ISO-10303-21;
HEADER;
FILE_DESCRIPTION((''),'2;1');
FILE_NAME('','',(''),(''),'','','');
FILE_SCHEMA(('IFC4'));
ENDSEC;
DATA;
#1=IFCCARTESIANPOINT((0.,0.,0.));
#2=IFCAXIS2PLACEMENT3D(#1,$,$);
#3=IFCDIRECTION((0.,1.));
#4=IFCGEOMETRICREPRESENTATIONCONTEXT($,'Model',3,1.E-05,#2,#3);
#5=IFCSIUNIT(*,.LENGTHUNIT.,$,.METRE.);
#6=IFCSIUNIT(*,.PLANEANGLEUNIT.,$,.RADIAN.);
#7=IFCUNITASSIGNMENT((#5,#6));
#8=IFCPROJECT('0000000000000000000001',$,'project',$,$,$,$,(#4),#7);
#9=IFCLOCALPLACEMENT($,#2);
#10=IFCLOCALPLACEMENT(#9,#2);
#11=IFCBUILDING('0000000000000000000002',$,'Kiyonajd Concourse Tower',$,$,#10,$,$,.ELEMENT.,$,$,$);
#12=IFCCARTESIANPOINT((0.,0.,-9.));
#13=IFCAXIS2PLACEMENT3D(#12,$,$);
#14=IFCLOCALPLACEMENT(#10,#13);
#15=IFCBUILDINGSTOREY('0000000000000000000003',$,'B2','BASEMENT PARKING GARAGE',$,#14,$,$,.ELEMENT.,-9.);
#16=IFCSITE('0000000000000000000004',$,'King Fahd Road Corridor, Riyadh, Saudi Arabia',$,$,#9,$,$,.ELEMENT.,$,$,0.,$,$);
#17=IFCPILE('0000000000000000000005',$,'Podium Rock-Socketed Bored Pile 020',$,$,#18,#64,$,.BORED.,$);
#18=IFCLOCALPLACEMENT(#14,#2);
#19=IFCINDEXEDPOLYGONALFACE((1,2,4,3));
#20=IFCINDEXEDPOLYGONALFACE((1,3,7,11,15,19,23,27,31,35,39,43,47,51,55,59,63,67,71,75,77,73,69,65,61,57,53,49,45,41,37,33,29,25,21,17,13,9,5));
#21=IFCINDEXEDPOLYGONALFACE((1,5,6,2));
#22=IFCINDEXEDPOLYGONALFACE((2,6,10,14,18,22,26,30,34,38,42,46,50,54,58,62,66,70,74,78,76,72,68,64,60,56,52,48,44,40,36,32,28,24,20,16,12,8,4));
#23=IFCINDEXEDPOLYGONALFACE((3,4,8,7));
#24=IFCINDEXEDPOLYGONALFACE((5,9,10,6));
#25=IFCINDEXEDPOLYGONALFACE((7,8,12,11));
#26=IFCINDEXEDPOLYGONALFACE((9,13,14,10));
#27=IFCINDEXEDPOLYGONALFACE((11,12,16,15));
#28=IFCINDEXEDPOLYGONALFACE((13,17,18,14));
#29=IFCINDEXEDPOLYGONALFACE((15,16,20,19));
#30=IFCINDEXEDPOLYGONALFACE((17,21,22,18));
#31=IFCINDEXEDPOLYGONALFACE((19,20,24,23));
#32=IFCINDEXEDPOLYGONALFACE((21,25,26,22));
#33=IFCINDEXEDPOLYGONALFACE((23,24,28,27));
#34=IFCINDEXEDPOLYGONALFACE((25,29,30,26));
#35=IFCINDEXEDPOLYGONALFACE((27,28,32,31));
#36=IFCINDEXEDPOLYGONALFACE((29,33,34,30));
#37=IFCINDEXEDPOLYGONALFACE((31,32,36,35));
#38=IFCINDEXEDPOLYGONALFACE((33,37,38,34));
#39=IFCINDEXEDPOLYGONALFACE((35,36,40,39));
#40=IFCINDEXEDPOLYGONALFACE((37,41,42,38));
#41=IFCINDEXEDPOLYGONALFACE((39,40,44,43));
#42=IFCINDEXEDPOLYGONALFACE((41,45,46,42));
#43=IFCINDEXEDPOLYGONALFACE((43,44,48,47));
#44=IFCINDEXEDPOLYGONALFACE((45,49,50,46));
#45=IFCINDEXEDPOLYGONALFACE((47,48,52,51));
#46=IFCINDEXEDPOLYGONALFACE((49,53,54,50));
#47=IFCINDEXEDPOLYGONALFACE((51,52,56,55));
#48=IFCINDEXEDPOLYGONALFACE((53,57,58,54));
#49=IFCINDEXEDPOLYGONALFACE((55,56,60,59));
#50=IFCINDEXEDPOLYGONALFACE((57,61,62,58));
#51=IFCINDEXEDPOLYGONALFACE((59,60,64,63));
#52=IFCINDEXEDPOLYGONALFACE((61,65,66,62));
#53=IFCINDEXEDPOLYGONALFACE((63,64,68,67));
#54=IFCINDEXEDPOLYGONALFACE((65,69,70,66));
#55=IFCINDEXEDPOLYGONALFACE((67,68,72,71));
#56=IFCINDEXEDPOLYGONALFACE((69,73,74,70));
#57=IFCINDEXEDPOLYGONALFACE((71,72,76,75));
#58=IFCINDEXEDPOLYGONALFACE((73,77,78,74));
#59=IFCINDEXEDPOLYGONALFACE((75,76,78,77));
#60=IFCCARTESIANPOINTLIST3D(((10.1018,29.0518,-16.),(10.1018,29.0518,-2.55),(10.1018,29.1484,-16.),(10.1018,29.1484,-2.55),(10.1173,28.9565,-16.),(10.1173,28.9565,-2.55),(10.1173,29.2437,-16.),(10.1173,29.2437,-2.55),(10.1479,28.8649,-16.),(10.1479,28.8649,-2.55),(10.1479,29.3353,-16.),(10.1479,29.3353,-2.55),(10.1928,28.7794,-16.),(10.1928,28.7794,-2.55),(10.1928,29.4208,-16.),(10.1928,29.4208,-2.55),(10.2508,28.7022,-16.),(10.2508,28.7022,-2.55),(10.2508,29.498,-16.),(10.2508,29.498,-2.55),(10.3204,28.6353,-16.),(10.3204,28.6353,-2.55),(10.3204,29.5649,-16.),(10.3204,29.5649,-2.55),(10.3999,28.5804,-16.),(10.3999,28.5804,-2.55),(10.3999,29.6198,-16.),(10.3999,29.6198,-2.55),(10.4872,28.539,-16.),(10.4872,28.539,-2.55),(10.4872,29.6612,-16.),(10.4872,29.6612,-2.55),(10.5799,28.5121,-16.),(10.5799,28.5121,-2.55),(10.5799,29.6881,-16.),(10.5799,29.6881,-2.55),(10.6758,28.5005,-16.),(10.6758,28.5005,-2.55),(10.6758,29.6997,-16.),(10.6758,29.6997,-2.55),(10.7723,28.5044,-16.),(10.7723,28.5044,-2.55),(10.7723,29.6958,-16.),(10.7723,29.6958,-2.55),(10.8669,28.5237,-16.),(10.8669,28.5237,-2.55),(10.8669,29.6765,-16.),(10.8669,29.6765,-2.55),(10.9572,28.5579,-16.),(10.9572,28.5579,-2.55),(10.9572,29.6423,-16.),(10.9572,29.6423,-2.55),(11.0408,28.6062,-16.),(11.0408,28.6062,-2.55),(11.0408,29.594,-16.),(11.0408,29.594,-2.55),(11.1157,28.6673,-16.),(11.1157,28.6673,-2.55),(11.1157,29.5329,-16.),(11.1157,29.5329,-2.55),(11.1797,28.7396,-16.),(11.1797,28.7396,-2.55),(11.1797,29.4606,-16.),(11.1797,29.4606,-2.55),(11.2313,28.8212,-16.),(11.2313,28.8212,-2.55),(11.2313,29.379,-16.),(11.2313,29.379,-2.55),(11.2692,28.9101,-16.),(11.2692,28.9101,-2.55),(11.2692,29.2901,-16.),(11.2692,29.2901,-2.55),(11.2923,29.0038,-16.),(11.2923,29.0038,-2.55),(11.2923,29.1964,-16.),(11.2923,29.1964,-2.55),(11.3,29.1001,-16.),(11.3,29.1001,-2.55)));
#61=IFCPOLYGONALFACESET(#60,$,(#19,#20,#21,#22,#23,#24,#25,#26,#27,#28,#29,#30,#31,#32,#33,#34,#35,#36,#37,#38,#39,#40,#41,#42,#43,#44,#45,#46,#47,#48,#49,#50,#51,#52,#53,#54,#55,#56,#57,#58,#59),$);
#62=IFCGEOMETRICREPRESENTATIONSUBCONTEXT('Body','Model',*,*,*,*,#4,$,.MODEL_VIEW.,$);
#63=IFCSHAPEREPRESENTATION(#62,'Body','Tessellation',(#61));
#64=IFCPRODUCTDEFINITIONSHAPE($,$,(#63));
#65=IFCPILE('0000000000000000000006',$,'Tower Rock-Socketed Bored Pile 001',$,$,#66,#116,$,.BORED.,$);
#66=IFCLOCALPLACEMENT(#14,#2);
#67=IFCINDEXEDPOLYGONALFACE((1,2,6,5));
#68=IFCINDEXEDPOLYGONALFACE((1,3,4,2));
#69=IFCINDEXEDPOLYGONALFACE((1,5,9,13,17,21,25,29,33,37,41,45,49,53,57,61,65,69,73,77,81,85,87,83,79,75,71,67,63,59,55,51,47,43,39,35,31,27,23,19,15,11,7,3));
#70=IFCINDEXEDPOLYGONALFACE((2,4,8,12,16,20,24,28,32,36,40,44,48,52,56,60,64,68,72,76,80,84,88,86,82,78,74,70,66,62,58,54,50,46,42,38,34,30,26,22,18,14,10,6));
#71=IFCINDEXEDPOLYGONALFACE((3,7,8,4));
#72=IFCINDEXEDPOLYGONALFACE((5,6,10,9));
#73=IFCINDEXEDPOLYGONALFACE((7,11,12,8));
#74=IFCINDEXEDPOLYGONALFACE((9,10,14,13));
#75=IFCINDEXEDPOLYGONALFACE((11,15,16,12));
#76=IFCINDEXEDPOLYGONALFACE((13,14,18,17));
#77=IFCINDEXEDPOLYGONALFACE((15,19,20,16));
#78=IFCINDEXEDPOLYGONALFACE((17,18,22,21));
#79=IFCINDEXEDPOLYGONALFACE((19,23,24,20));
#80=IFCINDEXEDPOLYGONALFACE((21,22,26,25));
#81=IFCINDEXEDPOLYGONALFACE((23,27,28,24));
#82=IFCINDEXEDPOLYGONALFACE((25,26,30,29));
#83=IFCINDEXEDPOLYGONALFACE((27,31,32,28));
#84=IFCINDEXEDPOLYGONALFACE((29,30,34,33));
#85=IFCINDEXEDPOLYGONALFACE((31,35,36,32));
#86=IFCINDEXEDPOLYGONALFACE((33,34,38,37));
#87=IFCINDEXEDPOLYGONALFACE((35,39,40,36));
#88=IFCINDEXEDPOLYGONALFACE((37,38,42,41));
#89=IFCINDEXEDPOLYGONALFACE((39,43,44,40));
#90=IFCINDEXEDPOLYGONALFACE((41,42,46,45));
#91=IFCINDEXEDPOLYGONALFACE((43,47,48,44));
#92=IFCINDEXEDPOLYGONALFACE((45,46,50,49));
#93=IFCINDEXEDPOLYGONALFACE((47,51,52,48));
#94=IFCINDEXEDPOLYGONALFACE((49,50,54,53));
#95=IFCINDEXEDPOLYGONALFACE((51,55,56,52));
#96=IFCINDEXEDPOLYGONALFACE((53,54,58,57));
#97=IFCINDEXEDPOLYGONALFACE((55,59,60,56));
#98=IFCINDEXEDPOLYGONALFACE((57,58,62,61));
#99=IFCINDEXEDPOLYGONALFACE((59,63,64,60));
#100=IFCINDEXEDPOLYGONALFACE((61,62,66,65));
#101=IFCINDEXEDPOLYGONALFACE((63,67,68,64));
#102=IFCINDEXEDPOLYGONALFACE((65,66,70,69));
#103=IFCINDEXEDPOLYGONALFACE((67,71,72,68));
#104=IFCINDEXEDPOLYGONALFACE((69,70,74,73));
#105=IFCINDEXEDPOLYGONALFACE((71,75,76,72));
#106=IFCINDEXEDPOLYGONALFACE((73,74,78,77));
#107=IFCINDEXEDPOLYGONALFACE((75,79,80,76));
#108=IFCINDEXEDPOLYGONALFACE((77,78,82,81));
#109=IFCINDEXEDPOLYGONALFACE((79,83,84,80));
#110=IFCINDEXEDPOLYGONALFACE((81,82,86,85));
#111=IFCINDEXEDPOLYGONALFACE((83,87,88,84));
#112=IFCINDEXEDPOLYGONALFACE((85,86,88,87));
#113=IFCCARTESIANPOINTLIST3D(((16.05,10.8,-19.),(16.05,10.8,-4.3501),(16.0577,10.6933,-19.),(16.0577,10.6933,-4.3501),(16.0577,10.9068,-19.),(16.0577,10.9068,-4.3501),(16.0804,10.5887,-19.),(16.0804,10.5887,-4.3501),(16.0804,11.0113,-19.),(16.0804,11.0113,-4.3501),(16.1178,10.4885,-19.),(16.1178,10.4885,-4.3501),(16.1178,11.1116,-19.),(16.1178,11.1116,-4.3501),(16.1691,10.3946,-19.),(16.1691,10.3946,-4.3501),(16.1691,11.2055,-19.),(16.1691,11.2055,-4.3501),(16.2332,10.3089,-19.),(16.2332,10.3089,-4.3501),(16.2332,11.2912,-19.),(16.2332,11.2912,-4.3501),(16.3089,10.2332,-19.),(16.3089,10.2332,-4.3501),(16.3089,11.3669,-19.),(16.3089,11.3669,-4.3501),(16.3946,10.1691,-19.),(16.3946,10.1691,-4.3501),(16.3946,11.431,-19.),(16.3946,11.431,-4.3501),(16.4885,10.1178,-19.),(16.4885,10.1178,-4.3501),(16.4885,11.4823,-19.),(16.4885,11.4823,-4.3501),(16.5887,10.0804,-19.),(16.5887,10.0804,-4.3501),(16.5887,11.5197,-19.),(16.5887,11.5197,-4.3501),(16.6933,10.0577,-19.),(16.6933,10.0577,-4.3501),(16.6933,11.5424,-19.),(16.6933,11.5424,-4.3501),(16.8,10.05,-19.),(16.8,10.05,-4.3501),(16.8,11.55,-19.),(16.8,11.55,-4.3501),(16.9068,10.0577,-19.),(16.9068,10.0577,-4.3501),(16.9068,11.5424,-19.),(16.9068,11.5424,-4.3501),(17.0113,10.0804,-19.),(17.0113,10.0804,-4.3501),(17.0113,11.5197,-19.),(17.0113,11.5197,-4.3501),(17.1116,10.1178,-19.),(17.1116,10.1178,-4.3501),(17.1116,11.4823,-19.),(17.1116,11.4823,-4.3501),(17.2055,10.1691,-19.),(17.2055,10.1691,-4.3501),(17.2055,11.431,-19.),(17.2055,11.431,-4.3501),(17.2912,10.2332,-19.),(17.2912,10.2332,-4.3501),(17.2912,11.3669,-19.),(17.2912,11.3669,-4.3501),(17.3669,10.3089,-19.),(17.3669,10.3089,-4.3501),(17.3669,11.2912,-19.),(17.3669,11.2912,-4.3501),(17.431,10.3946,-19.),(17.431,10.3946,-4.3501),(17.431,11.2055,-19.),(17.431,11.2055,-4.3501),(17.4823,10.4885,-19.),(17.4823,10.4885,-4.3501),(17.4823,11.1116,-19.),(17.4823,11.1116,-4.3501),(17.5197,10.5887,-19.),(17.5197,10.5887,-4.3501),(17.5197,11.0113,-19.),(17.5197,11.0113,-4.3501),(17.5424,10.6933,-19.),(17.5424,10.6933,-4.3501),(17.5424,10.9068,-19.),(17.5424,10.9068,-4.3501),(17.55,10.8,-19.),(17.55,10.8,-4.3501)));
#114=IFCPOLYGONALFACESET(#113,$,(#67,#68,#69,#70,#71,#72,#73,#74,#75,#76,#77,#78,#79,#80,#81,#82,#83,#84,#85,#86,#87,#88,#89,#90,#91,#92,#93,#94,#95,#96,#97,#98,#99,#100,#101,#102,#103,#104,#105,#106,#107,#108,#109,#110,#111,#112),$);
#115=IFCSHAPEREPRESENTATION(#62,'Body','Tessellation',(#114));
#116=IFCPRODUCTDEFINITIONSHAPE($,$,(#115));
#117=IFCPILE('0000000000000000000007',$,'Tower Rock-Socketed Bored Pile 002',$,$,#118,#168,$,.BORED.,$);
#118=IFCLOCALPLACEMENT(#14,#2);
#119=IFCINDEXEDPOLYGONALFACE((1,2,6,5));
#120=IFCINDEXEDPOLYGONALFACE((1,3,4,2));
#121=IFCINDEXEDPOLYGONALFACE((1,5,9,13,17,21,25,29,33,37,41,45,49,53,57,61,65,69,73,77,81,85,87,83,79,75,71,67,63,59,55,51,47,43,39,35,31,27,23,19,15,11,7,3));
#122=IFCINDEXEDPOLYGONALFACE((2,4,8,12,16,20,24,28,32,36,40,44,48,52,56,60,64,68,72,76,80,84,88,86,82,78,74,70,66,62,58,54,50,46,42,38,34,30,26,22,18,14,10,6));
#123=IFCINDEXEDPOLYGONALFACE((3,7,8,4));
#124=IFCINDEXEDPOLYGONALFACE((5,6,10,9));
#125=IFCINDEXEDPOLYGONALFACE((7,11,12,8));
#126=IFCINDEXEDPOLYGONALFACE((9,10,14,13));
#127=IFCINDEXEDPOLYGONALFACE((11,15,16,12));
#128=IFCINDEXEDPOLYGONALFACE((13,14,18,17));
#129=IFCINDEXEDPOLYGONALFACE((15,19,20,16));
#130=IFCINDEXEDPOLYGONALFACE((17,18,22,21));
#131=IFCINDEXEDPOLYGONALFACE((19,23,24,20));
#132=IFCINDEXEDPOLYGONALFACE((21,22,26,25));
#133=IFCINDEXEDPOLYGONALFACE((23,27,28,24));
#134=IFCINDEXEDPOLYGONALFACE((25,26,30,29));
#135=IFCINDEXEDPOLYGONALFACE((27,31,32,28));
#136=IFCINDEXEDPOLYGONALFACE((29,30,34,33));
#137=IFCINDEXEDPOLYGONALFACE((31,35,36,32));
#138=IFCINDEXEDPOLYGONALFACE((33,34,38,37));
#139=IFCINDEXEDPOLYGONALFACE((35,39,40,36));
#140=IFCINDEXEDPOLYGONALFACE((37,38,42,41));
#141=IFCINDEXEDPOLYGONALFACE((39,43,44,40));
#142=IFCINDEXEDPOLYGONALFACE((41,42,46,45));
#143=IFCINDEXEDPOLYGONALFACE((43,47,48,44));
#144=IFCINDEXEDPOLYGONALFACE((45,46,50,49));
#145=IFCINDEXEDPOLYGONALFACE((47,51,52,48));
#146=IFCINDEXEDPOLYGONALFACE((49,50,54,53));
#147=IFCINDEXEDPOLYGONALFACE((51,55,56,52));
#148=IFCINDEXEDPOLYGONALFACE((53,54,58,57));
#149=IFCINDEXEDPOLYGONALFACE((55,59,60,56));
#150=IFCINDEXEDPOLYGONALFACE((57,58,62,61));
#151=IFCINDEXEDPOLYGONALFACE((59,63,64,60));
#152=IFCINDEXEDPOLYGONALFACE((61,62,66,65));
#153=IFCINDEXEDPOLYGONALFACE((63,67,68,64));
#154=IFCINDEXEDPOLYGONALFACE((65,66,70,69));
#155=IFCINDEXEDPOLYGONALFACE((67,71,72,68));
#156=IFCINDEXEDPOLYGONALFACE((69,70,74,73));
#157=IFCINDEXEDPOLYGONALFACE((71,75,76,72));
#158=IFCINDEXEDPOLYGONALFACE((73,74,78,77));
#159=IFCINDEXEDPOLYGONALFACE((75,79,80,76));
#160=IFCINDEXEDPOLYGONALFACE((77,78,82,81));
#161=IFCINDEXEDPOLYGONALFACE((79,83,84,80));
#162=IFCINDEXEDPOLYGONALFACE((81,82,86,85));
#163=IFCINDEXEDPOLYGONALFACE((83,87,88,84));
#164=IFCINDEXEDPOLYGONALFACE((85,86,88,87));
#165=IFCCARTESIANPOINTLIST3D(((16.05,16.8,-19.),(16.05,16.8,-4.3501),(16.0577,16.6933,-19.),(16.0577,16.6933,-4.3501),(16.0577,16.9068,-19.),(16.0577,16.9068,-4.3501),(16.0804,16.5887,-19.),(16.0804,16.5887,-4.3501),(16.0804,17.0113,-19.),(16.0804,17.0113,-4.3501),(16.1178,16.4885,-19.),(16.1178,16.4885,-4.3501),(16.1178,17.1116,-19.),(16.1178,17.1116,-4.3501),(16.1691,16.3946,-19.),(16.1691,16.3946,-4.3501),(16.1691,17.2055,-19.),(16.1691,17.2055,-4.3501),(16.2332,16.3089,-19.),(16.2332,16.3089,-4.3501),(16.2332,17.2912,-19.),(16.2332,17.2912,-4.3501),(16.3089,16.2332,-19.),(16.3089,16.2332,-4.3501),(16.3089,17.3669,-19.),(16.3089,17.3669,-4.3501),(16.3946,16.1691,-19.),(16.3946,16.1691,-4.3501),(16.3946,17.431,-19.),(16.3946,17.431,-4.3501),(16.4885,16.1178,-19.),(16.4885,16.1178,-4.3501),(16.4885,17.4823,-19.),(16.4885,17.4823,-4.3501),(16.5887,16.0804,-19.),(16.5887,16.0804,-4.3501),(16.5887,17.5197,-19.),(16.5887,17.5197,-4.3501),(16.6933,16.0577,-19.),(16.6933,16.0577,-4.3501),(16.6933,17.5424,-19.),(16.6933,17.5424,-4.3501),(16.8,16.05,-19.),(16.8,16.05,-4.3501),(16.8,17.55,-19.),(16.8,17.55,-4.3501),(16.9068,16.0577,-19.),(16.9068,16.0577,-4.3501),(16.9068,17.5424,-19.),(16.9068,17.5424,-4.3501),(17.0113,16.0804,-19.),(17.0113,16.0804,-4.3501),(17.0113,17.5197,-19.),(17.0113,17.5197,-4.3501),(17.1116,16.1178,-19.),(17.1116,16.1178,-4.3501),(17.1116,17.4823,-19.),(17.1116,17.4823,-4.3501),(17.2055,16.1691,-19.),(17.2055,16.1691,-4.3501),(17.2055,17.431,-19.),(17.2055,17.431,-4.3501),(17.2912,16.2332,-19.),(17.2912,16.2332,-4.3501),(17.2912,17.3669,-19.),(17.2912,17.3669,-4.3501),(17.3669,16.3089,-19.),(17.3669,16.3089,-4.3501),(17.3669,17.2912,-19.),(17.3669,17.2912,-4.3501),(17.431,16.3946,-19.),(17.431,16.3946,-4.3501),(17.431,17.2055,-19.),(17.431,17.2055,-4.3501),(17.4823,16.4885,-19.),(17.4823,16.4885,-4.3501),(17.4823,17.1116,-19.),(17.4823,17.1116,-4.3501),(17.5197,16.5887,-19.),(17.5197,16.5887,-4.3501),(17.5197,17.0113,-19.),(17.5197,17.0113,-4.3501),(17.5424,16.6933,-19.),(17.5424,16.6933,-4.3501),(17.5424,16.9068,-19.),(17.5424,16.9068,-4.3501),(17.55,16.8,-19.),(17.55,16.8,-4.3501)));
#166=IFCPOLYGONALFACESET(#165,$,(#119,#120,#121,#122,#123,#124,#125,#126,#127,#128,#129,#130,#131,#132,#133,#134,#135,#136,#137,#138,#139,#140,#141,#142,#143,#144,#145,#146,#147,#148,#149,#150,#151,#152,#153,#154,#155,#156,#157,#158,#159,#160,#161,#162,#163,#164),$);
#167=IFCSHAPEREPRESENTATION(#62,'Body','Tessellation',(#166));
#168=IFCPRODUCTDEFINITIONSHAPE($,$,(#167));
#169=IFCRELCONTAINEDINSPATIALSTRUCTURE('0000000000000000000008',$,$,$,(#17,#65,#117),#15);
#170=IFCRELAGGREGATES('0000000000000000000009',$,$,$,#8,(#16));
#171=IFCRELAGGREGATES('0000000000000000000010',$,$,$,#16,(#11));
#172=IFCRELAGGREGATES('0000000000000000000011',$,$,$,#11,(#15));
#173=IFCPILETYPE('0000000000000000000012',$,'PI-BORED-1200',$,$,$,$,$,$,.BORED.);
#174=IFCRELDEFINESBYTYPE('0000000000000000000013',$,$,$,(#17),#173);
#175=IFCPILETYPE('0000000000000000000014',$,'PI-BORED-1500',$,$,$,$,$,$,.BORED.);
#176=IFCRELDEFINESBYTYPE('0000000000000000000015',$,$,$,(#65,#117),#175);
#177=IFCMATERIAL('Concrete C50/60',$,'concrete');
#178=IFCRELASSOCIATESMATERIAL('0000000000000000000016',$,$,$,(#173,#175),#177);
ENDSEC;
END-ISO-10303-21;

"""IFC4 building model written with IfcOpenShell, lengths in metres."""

from ifc_helpers import new_model, si_unit, direction, frame, origin, origin_2d, place, context, subcontext, project, spatial, circle, extrude, material, material_profile, profile_set, type_object, element, save


model = new_model("IFC4")

# Units and contexts
model_context = context("Model", 3, precision=1e-05, world=origin(), true_north=direction((0.0, 1.0)))
body_context = subcontext(model_context, "Body", "Model", "MODEL_VIEW")
ifc_project = project(units=[si_unit("LENGTHUNIT", "METRE"), si_unit("PLANEANGLEUNIT", "RADIAN")], contexts=[model_context])

# Site, building, storey
site_placement = place(None, origin())
site = spatial("IfcSite", under=ifc_project, at=site_placement, Name="King Fahd Road Corridor, Riyadh, Saudi Arabia", CompositionType="ELEMENT", RefElevation=0.0)
building_placement = place(site_placement, origin())
building = spatial("IfcBuilding", under=site, at=building_placement, Name="Kiyonajd Concourse Tower", CompositionType="ELEMENT")
storey_placement = place(building_placement, frame((0.0, 0.0, -9.0)))
storey = spatial("IfcBuildingStorey", under=building, at=storey_placement, Name="B2", Description="BASEMENT PARKING GARAGE", CompositionType="ELEMENT", Elevation=-9.0)

# Piles
ifc_material_1 = material(Name="Concrete C50/60", Category="concrete")
ifc_material_profile_1 = material_profile(ifc_material_1, circle(Radius=0.6001, at=origin_2d()), Name="PILE-D1200")
ifc_profile_set_1 = profile_set([ifc_material_profile_1], Name="Concrete C50/60")
pile_type_1 = type_object("IfcPileType", Name="PI-BORED-1200", PredefinedType="BORED", material=ifc_profile_set_1)
for number, where, z_axis, x_axis, name in (
    (1, (10.7, 29.1001, -2.55), (0.0, 0.0, -1.0), (1.0, 0.0, 0.0), "Podium Rock-Socketed Bored Pile 020"),
):
    element("IfcPile", number, at=place(storey_placement, frame(where, z_axis=z_axis, x_axis=x_axis)), inside=storey, type_object=pile_type_1, Name=name, PredefinedType="BORED", context=body_context, shape_type="SweptSolid", body=[
        extrude(circle(Radius=0.6001, at=origin_2d()), origin(), (0.0, 0.0, 1.0), 13.45),
    ])
ifc_material_profile_2 = material_profile(ifc_material_1, circle(Radius=0.75, at=origin_2d()), Name="PILE-D1500")
ifc_profile_set_2 = profile_set([ifc_material_profile_2], Name="Concrete C50/60")
pile_type_2 = type_object("IfcPileType", Name="PI-BORED-1500", PredefinedType="BORED", material=ifc_profile_set_2)
for number, where, z_axis, x_axis, name in (
    (2, (16.8, 10.8, -4.3501), (0.0, 0.0, -1.0), (1.0, 0.0, 0.0), "Tower Rock-Socketed Bored Pile 001"),
    (3, (16.8, 16.8, -4.3501), (0.0, 0.0, -1.0), (1.0, 0.0, 0.0), "Tower Rock-Socketed Bored Pile 002"),
):
    element("IfcPile", number, at=place(storey_placement, frame(where, z_axis=z_axis, x_axis=x_axis)), inside=storey, type_object=pile_type_2, Name=name, PredefinedType="BORED", context=body_context, shape_type="SweptSolid", body=[
        extrude(circle(Radius=0.75, at=origin_2d()), origin(), (0.0, 0.0, 1.0), 14.6499),
    ])

save(model, "model.ifc")
